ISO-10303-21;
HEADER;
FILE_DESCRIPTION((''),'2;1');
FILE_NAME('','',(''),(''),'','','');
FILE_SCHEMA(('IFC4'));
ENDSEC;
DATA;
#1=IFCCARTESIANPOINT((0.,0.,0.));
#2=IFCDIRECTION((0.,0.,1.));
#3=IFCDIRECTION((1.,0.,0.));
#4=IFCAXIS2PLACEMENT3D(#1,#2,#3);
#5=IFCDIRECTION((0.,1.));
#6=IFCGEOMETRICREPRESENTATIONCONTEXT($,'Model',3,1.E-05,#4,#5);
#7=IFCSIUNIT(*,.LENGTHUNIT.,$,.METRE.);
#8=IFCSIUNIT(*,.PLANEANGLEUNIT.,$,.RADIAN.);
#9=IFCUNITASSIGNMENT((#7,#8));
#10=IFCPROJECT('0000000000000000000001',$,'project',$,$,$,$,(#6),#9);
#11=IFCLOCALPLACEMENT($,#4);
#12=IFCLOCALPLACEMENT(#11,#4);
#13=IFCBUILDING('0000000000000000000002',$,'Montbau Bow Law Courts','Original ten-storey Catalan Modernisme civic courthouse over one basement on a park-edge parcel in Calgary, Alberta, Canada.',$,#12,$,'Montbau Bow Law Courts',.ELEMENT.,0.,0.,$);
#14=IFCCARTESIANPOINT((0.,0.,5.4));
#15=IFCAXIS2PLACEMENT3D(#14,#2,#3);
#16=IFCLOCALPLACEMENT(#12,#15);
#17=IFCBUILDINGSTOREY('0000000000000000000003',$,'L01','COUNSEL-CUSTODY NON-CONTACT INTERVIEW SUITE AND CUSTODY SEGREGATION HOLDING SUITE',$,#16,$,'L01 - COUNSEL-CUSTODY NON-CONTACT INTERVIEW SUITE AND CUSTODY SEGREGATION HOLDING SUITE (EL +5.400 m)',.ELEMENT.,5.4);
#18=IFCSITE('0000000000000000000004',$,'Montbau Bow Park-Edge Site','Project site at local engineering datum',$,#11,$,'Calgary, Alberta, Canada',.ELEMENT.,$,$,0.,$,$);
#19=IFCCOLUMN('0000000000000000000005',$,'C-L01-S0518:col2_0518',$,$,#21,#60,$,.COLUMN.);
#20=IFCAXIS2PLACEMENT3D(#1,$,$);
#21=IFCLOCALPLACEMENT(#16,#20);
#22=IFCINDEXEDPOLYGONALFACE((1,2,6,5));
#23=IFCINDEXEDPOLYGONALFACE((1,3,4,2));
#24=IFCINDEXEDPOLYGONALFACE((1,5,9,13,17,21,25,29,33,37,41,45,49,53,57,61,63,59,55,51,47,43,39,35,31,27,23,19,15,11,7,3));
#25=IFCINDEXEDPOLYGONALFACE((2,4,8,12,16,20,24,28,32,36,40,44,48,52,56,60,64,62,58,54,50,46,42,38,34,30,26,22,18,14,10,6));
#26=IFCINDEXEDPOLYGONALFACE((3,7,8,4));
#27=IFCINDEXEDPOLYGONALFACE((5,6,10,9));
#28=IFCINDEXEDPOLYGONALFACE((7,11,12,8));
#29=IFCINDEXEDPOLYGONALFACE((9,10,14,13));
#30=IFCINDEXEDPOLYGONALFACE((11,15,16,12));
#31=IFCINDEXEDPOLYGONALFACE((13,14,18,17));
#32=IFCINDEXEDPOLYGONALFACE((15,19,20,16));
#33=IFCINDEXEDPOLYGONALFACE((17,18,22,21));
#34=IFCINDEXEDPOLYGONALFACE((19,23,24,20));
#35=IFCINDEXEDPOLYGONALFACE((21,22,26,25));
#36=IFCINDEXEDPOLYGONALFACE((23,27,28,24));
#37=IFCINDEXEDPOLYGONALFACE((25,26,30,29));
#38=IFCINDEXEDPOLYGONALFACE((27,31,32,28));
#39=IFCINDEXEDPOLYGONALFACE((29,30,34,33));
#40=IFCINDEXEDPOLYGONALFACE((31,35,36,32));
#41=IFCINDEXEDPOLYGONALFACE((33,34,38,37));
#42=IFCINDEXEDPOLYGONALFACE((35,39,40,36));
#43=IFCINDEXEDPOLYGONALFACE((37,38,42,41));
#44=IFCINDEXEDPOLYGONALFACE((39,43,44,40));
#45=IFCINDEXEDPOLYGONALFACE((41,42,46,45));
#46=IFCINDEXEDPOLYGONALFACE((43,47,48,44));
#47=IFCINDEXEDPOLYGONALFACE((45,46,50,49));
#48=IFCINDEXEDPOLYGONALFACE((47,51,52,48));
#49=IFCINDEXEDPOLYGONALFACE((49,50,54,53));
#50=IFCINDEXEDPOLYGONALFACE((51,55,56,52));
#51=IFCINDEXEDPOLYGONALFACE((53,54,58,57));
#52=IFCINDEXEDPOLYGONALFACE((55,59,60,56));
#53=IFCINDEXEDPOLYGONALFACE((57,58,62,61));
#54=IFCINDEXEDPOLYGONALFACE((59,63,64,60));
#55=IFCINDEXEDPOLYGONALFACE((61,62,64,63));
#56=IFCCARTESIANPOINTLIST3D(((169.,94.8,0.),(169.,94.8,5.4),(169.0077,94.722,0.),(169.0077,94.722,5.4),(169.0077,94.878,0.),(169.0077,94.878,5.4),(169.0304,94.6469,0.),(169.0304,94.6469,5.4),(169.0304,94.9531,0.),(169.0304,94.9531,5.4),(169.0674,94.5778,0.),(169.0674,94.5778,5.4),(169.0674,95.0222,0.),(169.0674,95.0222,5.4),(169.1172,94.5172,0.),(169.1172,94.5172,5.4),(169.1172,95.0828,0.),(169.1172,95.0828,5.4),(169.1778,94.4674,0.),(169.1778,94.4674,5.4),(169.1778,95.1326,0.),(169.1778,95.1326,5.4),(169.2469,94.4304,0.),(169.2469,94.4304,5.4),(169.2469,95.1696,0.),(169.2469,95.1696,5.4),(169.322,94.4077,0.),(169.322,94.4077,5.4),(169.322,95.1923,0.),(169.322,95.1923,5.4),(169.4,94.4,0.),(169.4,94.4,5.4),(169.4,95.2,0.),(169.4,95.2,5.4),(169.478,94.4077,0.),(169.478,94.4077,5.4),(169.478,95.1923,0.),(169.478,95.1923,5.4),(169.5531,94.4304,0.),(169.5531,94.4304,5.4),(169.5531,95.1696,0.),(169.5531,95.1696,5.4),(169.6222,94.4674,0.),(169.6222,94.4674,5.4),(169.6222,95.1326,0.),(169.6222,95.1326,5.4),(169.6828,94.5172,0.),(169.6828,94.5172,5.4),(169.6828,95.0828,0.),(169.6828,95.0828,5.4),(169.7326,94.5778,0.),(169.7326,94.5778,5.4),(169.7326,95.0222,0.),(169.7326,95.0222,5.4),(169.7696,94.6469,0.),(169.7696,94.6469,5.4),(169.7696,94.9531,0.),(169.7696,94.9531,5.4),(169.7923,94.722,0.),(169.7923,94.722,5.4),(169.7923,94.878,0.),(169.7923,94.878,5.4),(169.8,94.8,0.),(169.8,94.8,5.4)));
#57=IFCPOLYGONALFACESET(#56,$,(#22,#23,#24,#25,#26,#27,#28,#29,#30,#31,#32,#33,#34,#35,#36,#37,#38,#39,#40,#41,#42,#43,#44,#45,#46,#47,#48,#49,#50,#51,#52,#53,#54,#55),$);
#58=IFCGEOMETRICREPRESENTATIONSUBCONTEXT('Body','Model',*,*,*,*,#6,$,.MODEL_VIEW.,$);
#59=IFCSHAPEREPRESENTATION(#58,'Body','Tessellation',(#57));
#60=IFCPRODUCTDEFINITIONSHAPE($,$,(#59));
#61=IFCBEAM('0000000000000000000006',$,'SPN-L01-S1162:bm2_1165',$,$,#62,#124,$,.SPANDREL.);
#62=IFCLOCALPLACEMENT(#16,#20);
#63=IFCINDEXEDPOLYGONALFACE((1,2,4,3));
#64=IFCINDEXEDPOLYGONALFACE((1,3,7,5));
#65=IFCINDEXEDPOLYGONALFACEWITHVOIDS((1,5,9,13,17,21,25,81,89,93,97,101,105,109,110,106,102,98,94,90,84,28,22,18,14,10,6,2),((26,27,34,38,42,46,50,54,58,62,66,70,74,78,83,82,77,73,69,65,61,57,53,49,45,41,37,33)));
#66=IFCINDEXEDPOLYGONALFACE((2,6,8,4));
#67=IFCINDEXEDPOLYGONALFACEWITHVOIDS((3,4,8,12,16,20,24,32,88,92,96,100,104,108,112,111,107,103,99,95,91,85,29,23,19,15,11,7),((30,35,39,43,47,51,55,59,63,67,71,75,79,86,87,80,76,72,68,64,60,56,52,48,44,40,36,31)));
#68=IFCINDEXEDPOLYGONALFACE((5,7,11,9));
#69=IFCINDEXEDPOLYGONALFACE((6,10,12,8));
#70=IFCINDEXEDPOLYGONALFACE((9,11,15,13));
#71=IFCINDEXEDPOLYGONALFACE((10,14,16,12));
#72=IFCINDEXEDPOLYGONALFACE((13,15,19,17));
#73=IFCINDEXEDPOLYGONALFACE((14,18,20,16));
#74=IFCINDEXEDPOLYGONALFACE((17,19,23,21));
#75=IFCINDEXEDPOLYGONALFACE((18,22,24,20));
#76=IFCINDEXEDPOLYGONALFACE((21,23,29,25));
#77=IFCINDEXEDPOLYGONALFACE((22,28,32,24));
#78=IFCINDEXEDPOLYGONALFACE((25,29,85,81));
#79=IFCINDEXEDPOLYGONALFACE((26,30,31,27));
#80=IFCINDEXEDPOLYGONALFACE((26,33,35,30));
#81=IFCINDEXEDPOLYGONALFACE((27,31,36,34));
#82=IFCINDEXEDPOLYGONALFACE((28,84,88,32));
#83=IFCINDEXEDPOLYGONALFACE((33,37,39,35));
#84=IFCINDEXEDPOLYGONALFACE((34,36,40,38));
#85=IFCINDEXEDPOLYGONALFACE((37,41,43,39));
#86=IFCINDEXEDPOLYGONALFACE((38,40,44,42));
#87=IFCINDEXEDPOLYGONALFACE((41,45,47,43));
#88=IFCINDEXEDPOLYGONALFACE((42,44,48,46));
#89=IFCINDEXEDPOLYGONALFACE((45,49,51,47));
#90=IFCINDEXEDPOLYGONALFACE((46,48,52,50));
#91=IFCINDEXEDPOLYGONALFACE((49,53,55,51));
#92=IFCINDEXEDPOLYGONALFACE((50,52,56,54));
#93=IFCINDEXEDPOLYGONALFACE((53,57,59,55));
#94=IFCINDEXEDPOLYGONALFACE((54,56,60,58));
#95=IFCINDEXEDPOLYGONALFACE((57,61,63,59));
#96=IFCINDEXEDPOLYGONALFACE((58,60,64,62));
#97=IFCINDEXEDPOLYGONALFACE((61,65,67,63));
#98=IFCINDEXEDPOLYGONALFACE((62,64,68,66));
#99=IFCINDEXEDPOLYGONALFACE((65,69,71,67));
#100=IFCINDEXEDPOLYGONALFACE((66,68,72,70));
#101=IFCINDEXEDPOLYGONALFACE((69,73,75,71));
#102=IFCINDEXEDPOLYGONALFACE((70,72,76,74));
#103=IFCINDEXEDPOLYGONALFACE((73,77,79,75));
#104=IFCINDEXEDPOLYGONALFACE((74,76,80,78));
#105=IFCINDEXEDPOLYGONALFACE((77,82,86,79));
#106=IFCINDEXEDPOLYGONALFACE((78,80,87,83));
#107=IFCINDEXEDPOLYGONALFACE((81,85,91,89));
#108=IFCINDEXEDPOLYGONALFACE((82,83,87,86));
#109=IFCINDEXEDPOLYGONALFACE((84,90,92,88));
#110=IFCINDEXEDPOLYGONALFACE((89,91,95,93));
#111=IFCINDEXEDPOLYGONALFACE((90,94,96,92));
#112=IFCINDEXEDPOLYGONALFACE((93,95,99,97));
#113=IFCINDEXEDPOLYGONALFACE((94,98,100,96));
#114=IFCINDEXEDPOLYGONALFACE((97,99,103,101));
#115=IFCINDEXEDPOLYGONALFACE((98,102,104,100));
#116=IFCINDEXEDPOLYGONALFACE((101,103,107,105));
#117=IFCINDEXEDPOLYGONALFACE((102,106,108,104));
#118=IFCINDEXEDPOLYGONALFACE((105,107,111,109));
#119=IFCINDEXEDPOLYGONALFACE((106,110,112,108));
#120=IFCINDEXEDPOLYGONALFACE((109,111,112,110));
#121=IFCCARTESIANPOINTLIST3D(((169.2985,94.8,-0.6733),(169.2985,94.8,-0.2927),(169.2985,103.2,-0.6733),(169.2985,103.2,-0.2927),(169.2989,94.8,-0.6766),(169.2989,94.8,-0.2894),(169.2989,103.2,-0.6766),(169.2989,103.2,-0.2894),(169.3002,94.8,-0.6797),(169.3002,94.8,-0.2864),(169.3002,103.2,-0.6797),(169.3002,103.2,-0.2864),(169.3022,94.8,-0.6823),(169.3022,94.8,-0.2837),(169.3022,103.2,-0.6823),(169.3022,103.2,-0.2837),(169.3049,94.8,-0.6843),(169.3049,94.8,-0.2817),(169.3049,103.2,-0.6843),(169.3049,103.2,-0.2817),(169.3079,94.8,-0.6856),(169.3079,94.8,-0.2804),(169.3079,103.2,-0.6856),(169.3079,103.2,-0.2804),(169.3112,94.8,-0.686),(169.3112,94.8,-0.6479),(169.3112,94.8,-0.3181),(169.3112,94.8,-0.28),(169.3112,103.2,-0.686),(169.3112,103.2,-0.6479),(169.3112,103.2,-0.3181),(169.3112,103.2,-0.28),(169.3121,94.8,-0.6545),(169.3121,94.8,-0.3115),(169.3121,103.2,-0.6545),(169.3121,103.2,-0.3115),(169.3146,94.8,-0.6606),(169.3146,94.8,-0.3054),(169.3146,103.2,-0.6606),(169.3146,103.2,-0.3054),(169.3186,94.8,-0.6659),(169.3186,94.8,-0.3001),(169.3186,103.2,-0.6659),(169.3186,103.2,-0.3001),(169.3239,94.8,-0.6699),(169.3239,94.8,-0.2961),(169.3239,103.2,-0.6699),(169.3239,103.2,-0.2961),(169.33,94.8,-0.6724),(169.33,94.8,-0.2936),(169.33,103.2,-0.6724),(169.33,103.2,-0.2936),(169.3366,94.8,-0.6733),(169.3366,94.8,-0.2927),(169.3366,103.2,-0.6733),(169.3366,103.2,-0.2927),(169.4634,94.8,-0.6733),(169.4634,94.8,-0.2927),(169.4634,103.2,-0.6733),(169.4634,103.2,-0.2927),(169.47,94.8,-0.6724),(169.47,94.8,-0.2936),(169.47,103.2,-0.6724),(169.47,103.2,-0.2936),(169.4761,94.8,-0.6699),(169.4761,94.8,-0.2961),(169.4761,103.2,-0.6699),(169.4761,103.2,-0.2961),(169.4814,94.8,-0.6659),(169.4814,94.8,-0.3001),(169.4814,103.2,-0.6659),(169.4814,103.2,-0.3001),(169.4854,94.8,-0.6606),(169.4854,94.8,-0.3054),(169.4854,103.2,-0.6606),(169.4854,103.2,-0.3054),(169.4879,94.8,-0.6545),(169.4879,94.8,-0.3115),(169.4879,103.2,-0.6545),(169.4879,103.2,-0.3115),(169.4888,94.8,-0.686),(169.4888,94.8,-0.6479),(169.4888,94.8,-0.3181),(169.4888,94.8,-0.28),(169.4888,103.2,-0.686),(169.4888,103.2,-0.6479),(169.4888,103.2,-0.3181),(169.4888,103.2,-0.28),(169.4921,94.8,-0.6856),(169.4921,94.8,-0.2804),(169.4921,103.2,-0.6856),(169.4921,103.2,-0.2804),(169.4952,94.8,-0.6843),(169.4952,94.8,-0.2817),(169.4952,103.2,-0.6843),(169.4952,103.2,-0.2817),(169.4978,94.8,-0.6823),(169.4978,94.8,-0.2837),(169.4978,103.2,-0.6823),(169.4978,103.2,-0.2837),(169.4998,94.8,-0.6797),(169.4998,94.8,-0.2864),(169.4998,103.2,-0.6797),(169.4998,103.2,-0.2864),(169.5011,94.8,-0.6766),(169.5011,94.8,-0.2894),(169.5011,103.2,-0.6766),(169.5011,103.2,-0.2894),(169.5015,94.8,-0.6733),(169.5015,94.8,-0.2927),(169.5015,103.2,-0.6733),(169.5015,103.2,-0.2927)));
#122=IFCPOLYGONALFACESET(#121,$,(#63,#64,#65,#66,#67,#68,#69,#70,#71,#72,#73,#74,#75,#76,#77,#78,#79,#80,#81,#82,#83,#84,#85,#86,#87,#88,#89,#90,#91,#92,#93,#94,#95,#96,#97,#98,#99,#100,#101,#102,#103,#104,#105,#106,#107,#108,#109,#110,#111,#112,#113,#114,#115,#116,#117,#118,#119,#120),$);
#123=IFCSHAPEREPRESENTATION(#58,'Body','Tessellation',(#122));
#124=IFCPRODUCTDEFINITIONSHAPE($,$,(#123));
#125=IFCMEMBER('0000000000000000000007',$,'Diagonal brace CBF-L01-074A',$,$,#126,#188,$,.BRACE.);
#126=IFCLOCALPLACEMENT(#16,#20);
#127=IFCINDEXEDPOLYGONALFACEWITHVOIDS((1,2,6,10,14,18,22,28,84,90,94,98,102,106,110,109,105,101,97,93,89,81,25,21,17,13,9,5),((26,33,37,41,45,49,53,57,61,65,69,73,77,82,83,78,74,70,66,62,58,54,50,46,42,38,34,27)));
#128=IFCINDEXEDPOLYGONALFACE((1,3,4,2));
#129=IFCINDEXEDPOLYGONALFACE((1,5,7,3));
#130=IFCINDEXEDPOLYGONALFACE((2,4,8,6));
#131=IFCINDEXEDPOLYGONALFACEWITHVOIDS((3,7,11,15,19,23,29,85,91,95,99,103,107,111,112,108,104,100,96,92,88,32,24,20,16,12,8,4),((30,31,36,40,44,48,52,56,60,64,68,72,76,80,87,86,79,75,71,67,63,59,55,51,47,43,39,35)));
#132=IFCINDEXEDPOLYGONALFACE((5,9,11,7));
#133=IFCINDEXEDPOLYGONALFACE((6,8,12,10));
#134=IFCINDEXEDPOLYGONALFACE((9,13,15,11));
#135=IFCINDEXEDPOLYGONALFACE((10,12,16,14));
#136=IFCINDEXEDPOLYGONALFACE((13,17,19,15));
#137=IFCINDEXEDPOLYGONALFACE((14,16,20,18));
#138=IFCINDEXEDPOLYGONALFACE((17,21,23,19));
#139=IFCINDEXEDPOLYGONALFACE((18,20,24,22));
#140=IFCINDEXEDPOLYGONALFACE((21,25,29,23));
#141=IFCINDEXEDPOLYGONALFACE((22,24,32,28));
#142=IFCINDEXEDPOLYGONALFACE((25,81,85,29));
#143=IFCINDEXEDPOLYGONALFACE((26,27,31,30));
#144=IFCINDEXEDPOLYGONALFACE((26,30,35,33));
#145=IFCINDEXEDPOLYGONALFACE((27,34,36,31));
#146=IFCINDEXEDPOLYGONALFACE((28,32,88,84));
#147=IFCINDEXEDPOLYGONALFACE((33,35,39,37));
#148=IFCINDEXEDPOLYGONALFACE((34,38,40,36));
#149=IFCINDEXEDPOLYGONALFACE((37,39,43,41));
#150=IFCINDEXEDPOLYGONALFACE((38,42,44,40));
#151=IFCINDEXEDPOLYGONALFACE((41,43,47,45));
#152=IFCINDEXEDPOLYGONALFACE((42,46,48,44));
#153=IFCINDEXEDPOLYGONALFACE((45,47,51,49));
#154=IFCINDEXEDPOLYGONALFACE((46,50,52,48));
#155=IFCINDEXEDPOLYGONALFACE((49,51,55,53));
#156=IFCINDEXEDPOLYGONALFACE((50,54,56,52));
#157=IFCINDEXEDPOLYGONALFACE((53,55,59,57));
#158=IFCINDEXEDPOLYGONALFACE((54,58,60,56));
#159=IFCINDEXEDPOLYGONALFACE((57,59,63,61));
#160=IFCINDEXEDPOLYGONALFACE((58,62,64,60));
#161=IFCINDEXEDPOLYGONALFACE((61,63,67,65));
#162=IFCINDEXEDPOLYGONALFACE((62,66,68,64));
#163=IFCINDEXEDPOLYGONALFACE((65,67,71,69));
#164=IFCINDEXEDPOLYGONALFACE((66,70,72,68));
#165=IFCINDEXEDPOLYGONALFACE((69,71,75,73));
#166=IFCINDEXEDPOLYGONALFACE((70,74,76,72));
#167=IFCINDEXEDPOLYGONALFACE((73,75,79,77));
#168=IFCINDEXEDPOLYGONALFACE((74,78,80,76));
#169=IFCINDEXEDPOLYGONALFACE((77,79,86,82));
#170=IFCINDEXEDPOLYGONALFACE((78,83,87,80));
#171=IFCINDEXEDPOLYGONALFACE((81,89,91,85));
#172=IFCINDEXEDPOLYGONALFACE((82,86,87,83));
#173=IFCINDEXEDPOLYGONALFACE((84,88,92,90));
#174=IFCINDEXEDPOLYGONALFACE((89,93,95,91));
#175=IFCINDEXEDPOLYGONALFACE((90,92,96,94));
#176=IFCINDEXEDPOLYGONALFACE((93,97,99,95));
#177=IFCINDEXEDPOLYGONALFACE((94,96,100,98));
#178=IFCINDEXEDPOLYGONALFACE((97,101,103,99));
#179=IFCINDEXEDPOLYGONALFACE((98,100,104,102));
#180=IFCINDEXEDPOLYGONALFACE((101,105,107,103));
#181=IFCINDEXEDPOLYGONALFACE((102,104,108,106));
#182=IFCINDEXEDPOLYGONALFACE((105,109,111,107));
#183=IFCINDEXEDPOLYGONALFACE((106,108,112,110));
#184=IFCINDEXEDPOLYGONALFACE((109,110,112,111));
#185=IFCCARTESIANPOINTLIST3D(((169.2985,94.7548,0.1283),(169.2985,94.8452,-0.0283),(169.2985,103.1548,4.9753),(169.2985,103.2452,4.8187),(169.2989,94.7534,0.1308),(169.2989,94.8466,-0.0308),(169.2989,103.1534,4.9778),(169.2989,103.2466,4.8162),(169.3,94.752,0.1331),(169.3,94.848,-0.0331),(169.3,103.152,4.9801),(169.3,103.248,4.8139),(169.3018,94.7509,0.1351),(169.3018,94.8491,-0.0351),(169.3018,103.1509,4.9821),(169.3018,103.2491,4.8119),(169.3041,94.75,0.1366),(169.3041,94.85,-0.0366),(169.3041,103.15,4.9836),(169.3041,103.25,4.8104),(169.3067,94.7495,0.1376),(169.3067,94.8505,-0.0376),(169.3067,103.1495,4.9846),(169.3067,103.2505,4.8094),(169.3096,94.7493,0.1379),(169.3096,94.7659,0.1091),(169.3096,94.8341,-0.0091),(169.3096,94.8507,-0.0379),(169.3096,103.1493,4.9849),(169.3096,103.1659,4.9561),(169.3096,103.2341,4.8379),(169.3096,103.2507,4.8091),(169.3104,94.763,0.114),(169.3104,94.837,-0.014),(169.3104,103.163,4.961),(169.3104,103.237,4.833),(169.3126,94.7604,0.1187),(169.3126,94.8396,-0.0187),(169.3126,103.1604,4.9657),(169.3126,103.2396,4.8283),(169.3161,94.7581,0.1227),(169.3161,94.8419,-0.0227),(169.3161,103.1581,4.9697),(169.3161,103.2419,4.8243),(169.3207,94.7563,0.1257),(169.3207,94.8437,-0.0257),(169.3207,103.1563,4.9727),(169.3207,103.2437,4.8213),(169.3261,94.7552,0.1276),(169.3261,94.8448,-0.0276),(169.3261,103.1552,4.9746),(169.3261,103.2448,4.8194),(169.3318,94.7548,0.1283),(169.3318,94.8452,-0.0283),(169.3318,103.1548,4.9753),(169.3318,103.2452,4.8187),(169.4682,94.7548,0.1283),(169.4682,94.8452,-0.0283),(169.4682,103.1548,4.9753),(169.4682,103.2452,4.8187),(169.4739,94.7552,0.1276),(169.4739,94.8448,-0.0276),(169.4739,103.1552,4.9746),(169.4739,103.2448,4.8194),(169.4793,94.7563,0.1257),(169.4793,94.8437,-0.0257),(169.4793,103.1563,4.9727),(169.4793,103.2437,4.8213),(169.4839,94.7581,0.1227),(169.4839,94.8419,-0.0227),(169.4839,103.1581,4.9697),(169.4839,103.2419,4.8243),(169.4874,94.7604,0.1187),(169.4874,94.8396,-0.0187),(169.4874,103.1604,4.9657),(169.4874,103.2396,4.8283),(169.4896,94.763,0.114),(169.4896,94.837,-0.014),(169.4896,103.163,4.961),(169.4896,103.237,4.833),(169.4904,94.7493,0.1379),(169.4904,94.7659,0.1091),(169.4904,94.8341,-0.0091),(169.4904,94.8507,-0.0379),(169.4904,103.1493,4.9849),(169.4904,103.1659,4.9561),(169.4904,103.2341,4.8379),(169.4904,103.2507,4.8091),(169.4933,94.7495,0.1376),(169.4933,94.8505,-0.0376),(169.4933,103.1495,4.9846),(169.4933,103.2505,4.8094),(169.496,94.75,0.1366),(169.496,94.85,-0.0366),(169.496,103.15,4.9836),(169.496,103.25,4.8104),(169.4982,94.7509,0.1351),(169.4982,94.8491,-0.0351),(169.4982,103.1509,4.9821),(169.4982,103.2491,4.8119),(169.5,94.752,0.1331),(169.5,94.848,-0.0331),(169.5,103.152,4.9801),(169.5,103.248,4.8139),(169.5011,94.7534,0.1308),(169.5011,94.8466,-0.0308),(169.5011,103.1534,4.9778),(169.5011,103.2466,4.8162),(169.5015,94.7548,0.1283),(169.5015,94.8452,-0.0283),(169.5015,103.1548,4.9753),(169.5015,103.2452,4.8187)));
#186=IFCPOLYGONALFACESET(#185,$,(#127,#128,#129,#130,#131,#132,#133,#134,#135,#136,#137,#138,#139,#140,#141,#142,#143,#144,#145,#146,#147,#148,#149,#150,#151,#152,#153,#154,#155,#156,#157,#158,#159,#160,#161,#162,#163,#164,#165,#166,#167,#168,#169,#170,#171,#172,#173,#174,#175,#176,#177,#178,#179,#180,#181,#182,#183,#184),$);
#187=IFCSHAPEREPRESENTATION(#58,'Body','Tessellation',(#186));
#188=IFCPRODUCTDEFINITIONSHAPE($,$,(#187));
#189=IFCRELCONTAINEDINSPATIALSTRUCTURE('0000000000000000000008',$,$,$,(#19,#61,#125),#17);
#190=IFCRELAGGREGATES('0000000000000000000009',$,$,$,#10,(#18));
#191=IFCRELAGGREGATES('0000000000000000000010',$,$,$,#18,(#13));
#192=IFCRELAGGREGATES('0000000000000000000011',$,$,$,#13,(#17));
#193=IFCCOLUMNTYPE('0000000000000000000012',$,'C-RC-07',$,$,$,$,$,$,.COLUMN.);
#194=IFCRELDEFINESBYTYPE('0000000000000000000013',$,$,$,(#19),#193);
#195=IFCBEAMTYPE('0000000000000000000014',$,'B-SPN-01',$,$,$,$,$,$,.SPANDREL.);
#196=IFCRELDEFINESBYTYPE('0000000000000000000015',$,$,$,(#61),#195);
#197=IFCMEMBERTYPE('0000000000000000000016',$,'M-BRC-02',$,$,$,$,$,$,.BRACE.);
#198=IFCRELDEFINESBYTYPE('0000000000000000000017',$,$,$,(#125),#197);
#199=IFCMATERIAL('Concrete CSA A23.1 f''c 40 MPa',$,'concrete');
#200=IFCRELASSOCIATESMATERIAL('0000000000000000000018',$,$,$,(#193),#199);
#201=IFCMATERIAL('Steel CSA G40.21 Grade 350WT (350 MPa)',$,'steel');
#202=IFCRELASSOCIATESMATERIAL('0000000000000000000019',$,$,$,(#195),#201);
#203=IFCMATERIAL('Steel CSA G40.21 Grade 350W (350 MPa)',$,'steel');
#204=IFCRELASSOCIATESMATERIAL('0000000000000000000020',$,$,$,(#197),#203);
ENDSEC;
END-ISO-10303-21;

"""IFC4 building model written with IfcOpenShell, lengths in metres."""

from ifc_helpers import new_model, si_unit, direction, frame, origin_with_axes, origin_2d_with_axis, place, context, subcontext, project, spatial, hollow_rectangle, circle, extrude, material, material_profile, profile_set, type_object, element, save


model = new_model("IFC4")

# Units and contexts
model_context = context("Model", 3, precision=1e-05, world=origin_with_axes(), true_north=direction((0.0, 1.0)))
body_context = subcontext(model_context, "Body", "Model", "MODEL_VIEW")
ifc_project = project(units=[si_unit("LENGTHUNIT", "METRE"), si_unit("PLANEANGLEUNIT", "RADIAN")], contexts=[model_context])

# Site, building, storey
site_placement = place(None, origin_with_axes())
site = spatial("IfcSite", under=ifc_project, at=site_placement, Name="Montbau Bow Park-Edge Site", Description="Project site at local engineering datum", LongName="Calgary, Alberta, Canada", CompositionType="ELEMENT", RefElevation=0.0)
building_placement = place(site_placement, origin_with_axes())
building = spatial("IfcBuilding", under=site, at=building_placement, Name="Montbau Bow Law Courts", Description="Original ten-storey Catalan Modernisme civic courthouse over one basement on a park-edge parcel in Calgary, Alberta, Canada.", LongName="Montbau Bow Law Courts", CompositionType="ELEMENT", ElevationOfRefHeight=0.0, ElevationOfTerrain=0.0)
storey_placement = place(building_placement, frame((0.0, 0.0, 5.4), z_axis=(0.0, 0.0, 1.0), x_axis=(1.0, 0.0, 0.0)))
storey = spatial("IfcBuildingStorey", under=building, at=storey_placement, Name="L01", Description="COUNSEL-CUSTODY NON-CONTACT INTERVIEW SUITE AND CUSTODY SEGREGATION HOLDING SUITE", LongName="L01 - COUNSEL-CUSTODY NON-CONTACT INTERVIEW SUITE AND CUSTODY SEGREGATION HOLDING SUITE (EL +5.400 m)", CompositionType="ELEMENT", Elevation=5.4)

# Column
ifc_material_1 = material(Name="Concrete CSA A23.1 f'c 40 MPa", Category="concrete")
ifc_material_profile_1 = material_profile(ifc_material_1, circle(Radius=0.4, at=origin_2d_with_axis()), Name="RC800D", Category="Main", Priority=0)
ifc_profile_set_1 = profile_set([ifc_material_profile_1], Name="Concrete CSA A23.1 f'c 40 MPa")
column_type = type_object("IfcColumnType", Name="C-RC-07", PredefinedType="COLUMN", material=ifc_profile_set_1)
column_placement = place(None, frame((169.4, 94.8, 5.4), z_axis=(0.0, 0.0, 1.0), x_axis=(1.0, 0.0, 0.0)))
element("IfcColumn", 1, at=column_placement, inside=storey, type_object=column_type, Name="C-L01-S0518:col2_0518", PredefinedType="COLUMN", context=body_context, shape_type="SweptSolid", body=[
    extrude(circle(Radius=0.4, at=origin_2d_with_axis()), origin_with_axes(), (0.0, 0.0, 1.0), 5.4),
])

# Beam
ifc_material_2 = material(Name="Steel CSA G40.21 Grade 350WT (350 MPa)", Category="steel")
ifc_material_profile_2 = material_profile(ifc_material_2, hollow_rectangle(XDim=0.203, YDim=0.406, WallThickness=0.0127, InnerFilletRadius=0.0254, OuterFilletRadius=0.0127, at=origin_2d_with_axis()), Name="HSS406X203X13", Category="Main", Priority=0)
ifc_profile_set_2 = profile_set([ifc_material_profile_2], Name="Steel CSA G40.21 Grade 350WT (350 MPa)")
beam_type = type_object("IfcBeamType", Name="B-SPN-01", PredefinedType="SPANDREL", material=ifc_profile_set_2)
beam_placement = place(None, frame((169.4, 94.8, 4.917), z_axis=(0.0, 1.0, 0.0), x_axis=(-1.0, 0.0, 0.0)))
element("IfcBeam", 2, at=beam_placement, inside=storey, type_object=beam_type, Name="SPN-L01-S1162:bm2_1165", PredefinedType="SPANDREL", context=body_context, shape_type="SweptSolid", body=[
    extrude(hollow_rectangle(XDim=0.203, YDim=0.406, WallThickness=0.0127, InnerFilletRadius=0.0254, OuterFilletRadius=0.0127, at=origin_2d_with_axis()), origin_with_axes(), (0.0, 0.0, 1.0), 8.4),
])

# Member
ifc_material_3 = material(Name="Steel CSA G40.21 Grade 350W (350 MPa)", Category="steel")
ifc_material_profile_3 = material_profile(ifc_material_3, hollow_rectangle(XDim=0.203, YDim=0.203, WallThickness=0.0111, InnerFilletRadius=0.0222, OuterFilletRadius=0.0111, at=origin_2d_with_axis()), Name="HSS203X203X11", Category="Main", Priority=0)
ifc_profile_set_3 = profile_set([ifc_material_profile_3], Name="Steel CSA G40.21 Grade 350W (350 MPa)")
member_type = type_object("IfcMemberType", Name="M-BRC-02", PredefinedType="BRACE", material=ifc_profile_set_3)
member_placement = place(None, frame((169.4, 94.8, 5.45), z_axis=(0.0, 0.866148, 0.499788), x_axis=(-1.0, 0.0, 0.0)))
element("IfcMember", 3, at=member_placement, inside=storey, type_object=member_type, Name="Diagonal brace CBF-L01-074A", PredefinedType="BRACE", context=body_context, shape_type="SweptSolid", body=[
    extrude(hollow_rectangle(XDim=0.203, YDim=0.203, WallThickness=0.0111, InnerFilletRadius=0.0222, OuterFilletRadius=0.0111, at=origin_2d_with_axis()), origin_with_axes(), (0.0, 0.0, 1.0), 9.6981),
])

save(model, "model.ifc")
